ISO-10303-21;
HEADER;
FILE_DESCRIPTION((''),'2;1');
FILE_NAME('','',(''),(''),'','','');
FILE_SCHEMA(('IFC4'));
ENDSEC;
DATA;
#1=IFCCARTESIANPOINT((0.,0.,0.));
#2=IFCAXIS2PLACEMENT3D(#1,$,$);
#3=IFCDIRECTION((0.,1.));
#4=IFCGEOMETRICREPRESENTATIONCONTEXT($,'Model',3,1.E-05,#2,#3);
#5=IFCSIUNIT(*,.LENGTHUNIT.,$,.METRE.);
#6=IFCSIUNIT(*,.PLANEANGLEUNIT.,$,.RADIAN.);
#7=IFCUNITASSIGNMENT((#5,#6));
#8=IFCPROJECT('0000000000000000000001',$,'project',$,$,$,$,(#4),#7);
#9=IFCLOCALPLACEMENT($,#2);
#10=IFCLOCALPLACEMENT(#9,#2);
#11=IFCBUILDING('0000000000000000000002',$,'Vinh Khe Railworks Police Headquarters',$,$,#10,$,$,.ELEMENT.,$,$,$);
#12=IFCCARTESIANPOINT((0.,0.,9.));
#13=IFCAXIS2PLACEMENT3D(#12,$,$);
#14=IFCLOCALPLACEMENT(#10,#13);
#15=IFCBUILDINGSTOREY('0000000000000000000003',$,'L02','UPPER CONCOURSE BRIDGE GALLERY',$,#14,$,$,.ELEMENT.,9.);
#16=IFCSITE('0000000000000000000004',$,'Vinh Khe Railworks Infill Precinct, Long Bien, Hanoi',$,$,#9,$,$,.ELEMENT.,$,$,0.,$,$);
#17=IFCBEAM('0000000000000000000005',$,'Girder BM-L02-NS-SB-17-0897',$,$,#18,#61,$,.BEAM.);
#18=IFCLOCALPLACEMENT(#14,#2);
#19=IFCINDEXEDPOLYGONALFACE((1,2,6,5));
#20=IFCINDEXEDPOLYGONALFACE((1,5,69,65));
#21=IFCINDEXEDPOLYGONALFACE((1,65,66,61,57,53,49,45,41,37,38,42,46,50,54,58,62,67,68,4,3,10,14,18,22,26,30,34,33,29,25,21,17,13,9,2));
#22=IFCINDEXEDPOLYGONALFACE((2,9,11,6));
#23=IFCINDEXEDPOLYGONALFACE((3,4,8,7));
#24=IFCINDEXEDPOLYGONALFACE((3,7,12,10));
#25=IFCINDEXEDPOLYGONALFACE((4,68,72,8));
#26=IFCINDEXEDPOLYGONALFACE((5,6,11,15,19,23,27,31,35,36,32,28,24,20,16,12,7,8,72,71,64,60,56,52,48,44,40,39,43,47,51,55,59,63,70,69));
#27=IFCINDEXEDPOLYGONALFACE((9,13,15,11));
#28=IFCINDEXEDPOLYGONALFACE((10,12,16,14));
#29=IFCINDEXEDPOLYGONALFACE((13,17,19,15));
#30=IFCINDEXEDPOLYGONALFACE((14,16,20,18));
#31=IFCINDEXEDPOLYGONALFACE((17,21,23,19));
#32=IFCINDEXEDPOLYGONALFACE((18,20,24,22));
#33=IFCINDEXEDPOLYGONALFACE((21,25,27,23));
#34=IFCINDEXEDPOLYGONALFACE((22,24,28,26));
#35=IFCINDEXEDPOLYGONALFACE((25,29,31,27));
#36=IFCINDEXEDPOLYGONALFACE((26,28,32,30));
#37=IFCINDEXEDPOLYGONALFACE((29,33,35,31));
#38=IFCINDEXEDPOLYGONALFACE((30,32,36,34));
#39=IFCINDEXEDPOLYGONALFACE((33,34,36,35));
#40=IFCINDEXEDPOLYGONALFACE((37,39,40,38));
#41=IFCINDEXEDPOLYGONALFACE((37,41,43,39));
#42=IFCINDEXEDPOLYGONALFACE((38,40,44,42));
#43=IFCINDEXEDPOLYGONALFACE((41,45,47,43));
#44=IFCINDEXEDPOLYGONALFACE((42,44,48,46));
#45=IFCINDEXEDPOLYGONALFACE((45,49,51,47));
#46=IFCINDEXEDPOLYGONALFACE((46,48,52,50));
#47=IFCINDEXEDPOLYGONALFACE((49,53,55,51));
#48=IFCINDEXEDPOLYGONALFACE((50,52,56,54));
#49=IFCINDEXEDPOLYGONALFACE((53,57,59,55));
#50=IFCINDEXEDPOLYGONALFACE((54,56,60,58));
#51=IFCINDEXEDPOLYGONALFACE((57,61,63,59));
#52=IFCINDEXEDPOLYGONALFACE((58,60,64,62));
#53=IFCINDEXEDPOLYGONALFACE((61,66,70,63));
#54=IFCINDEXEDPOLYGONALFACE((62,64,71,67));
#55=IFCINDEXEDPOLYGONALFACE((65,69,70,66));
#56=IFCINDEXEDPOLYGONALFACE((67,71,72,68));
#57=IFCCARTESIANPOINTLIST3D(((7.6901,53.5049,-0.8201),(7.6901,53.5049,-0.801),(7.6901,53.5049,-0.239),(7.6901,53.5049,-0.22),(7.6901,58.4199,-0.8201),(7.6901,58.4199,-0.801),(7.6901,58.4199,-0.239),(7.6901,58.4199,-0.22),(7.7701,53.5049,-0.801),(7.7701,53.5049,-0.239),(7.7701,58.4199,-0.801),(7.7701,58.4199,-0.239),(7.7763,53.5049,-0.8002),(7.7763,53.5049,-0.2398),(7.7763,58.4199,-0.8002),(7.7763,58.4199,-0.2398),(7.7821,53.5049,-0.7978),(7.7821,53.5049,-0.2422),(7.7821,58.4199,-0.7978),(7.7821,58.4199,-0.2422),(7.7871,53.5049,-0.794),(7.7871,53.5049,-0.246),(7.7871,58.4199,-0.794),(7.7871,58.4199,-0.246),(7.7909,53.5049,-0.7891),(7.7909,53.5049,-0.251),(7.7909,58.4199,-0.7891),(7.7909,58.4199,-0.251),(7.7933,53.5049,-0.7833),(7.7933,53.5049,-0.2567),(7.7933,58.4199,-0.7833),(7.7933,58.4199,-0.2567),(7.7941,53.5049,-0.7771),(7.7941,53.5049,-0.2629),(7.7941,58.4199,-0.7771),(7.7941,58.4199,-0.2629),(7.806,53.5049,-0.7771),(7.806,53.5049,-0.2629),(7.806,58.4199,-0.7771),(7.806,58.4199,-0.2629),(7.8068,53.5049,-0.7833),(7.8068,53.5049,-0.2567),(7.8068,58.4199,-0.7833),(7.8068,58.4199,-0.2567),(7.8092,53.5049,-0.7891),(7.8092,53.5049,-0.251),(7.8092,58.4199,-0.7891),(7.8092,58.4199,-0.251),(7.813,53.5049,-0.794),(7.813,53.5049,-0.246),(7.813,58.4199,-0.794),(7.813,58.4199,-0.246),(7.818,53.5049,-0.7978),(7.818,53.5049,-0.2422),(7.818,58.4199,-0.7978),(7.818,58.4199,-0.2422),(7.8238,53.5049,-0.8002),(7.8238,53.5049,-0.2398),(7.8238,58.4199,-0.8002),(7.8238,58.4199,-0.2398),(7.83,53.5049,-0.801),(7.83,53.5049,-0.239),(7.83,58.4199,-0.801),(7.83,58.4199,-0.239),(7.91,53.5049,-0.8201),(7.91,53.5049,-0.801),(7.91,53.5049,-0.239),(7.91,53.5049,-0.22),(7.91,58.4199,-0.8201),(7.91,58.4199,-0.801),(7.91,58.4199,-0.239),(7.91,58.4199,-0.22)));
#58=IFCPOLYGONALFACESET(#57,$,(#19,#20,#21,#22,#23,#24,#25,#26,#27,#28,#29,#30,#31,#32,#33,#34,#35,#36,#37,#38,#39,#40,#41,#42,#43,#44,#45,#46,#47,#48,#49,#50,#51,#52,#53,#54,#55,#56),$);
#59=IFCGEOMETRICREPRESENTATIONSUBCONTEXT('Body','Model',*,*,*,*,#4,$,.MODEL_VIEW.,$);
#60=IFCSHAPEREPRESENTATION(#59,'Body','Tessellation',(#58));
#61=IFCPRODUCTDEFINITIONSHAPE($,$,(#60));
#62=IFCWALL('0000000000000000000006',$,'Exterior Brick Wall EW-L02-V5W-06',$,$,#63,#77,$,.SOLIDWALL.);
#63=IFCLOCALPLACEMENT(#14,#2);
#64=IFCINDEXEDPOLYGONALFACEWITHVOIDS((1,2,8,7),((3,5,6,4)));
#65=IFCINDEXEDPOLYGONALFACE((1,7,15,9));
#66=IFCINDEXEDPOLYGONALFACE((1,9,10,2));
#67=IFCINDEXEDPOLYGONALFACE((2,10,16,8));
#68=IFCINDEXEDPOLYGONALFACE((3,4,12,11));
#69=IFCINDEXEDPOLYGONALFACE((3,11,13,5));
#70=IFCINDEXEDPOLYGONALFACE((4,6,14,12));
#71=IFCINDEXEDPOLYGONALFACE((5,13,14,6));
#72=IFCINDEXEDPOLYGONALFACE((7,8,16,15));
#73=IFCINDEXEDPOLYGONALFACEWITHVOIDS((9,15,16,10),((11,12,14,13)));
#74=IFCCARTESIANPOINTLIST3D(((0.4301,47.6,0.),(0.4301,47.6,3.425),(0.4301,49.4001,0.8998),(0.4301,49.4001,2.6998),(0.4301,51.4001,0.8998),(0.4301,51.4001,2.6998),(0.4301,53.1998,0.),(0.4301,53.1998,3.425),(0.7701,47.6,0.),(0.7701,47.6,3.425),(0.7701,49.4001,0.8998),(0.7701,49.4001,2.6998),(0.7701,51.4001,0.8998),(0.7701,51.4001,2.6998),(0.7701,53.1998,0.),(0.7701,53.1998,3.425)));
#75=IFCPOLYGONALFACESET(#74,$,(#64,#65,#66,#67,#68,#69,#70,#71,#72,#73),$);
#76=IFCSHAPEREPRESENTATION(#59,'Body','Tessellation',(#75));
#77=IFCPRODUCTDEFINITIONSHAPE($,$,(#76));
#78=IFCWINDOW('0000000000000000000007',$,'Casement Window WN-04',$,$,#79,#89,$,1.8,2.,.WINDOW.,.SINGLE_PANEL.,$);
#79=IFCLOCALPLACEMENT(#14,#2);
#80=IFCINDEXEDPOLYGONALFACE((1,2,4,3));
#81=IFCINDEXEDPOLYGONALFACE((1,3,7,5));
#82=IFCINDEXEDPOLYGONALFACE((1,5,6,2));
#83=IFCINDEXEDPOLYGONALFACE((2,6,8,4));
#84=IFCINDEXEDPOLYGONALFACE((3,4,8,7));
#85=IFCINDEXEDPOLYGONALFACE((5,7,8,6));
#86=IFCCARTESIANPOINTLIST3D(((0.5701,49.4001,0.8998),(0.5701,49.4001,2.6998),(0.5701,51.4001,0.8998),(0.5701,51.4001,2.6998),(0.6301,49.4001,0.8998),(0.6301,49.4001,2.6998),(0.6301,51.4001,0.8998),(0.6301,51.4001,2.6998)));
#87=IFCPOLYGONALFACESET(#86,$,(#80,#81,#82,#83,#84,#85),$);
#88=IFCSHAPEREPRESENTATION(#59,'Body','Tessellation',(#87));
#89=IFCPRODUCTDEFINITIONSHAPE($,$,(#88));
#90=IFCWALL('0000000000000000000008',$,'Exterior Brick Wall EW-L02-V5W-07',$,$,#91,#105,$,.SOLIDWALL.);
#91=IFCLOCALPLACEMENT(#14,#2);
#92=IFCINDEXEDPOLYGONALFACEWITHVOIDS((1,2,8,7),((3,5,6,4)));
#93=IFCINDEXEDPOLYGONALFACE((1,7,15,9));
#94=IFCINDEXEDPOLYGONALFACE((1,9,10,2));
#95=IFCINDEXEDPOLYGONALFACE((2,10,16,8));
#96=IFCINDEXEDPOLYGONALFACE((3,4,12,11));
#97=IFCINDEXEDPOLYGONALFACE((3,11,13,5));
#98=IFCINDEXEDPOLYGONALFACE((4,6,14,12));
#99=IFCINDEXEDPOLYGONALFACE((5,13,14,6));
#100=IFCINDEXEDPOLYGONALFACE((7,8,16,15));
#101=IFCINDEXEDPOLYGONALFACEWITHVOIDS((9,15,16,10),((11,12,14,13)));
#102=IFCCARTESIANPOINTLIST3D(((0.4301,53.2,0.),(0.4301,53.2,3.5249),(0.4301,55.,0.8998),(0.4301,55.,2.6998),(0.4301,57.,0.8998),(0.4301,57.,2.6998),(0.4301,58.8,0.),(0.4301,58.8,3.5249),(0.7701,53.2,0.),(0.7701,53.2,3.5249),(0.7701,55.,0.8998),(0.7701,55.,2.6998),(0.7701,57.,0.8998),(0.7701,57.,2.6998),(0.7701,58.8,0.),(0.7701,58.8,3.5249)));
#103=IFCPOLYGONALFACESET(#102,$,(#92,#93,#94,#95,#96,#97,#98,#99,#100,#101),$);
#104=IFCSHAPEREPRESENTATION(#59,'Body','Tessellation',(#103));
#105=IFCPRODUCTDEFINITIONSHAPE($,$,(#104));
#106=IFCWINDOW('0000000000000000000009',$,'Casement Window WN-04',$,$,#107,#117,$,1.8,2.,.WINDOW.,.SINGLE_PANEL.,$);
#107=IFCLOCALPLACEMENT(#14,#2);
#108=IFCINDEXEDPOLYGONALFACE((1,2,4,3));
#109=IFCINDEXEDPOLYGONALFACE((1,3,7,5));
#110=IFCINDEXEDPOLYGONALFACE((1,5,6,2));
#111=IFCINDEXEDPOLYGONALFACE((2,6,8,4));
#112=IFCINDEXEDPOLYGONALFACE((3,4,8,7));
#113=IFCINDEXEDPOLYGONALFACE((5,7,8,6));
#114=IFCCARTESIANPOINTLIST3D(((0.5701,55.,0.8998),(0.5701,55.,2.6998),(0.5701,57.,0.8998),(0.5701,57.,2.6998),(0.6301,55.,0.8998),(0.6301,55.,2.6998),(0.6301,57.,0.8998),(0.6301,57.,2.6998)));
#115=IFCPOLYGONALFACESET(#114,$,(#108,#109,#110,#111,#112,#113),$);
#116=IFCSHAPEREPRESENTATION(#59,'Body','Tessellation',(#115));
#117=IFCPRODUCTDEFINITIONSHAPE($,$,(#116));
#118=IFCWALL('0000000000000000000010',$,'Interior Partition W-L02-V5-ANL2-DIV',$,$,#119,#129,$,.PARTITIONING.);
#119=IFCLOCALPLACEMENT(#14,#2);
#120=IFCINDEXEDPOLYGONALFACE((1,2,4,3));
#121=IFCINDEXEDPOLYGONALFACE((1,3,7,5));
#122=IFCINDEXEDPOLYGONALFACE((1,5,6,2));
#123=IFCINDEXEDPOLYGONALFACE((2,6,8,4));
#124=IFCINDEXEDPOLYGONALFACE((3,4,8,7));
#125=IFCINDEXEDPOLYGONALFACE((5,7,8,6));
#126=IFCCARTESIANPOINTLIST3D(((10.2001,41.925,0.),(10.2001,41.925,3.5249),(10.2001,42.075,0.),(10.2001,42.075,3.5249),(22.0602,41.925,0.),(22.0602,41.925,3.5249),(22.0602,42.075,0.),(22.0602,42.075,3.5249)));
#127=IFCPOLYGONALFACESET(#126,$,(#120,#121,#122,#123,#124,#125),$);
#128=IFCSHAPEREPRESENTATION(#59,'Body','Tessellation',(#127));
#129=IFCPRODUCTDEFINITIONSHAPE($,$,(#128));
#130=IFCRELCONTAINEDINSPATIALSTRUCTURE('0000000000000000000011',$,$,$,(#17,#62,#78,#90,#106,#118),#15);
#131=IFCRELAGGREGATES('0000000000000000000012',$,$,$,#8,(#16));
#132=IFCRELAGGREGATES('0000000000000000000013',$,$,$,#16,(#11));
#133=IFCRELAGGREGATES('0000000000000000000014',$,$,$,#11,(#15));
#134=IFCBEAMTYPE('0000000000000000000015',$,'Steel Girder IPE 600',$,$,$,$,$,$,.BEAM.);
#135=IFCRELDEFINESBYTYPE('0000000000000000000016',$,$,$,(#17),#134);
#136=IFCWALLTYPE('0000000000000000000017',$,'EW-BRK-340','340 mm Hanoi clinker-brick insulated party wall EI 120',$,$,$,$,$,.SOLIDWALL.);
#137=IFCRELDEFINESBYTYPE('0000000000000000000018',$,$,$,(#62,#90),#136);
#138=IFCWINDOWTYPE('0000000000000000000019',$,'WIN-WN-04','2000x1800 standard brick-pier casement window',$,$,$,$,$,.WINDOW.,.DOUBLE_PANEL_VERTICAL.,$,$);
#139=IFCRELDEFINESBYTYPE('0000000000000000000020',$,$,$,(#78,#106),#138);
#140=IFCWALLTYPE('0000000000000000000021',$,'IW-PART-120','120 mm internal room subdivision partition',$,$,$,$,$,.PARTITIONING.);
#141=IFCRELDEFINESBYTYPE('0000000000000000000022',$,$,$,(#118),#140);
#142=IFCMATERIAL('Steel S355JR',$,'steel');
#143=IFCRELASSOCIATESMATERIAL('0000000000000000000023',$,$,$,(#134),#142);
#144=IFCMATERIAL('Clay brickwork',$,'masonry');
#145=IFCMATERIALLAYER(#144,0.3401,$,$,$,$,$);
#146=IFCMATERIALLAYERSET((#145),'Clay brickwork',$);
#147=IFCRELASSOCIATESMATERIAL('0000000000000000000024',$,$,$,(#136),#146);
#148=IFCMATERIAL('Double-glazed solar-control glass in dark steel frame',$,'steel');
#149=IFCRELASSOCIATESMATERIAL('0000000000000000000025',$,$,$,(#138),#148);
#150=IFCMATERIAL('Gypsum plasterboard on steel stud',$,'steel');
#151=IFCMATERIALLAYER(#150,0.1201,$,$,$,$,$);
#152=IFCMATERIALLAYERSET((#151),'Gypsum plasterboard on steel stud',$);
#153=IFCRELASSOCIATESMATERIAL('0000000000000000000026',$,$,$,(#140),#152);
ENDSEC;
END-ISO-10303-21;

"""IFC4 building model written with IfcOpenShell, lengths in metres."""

from ifc_helpers import new_model, si_unit, direction, frame, frame_2d, origin, origin_2d, place, context, subcontext, project, spatial, rectangle, i_section, extrude, material, layer, layer_set, material_profile, profile_set, type_object, element, fill, save


model = new_model("IFC4")

# Units and contexts
model_context = context("Model", 3, precision=1e-05, world=origin(), true_north=direction((0.0, 1.0)))
body_context = subcontext(model_context, "Body", "Model", "MODEL_VIEW")
ifc_project = project(units=[si_unit("LENGTHUNIT", "METRE"), si_unit("PLANEANGLEUNIT", "RADIAN")], contexts=[model_context])

# Site, building, storey
site_placement = place(None, origin())
site = spatial("IfcSite", under=ifc_project, at=site_placement, Name="Vinh Khe Railworks Infill Precinct, Long Bien, Hanoi", CompositionType="ELEMENT", RefElevation=0.0)
building_placement = place(site_placement, origin())
building = spatial("IfcBuilding", under=site, at=building_placement, Name="Vinh Khe Railworks Police Headquarters", CompositionType="ELEMENT")
storey_placement = place(building_placement, frame((0.0, 0.0, 9.0)))
storey = spatial("IfcBuildingStorey", under=building, at=storey_placement, Name="L02", Description="UPPER CONCOURSE BRIDGE GALLERY", CompositionType="ELEMENT", Elevation=9.0)

# Shared definitions
ifc_material_1 = material(Name="Steel S355JR", Category="steel")

# Beam
ifc_material_profile_1 = material_profile(ifc_material_1, i_section(OverallWidth=0.22, OverallDepth=0.6001, WebThickness=0.012, FlangeThickness=0.019, FilletRadius=0.0239, at=origin_2d()), Name="IPE 600")
ifc_profile_set_1 = profile_set([ifc_material_profile_1], Name="Steel S355JR")
beam_type_1 = type_object("IfcBeamType", Name="Steel Girder IPE 600", PredefinedType="BEAM", material=ifc_profile_set_1)
beam_1_placement = place(storey_placement, frame((7.8, 53.5049, -0.52), z_axis=(0.0, 1.0, 0.0), x_axis=(-1.0, 0.0, 0.0)))
element("IfcBeam", 1, at=beam_1_placement, inside=storey, type_object=beam_type_1, Name="Girder BM-L02-NS-SB-17-0897", PredefinedType="BEAM", context=body_context, shape_type="SweptSolid", body=[
    extrude(i_section(OverallWidth=0.22, OverallDepth=0.6001, WebThickness=0.012, FlangeThickness=0.019, FilletRadius=0.0239, at=origin_2d()), origin(), (0.0, 0.0, 1.0), 4.915),
])

# Walls, openings, windows
ifc_material_2 = material(Name="Clay brickwork", Category="masonry")
ifc_layer_1 = layer(ifc_material_2, 0.3401)
ifc_layer_set_1 = layer_set([ifc_layer_1], Name="Clay brickwork")
wall_type_1 = type_object("IfcWallType", Name="EW-BRK-340", Description="340 mm Hanoi clinker-brick insulated party wall EI 120", PredefinedType="SOLIDWALL", material=ifc_layer_set_1)
wall_1_placement = place(storey_placement, frame((0.6001, 47.6001, 0.0), z_axis=(0.0, 0.0, 1.0), x_axis=(0.0, 1.0, 0.0)))
wall_1 = element("IfcWall", 2, at=wall_1_placement, inside=storey, type_object=wall_type_1, Name="Exterior Brick Wall EW-L02-V5W-06", PredefinedType="SOLIDWALL", context=body_context, shape_type="SweptSolid", body=[
    extrude(rectangle(XDim=5.5999, YDim=0.3401, at=frame_2d((2.7998, 0.0))), origin(), (0.0, 0.0, 1.0), 3.425),
])
opening_1_placement = place(wall_1_placement, frame((1.8, 0.0, 0.8999)))
opening_1 = element("IfcOpeningElement", 3, at=opening_1_placement, cuts=wall_1, PredefinedType="OPENING", context=body_context, shape_type="SweptSolid", body=[
    extrude(rectangle(XDim=2.0, YDim=1.8, at=frame_2d((1.0, 0.8999))), frame((0.0, 0.1851, 0.0), z_axis=(0.0, -1.0, 0.0), x_axis=(1.0, 0.0, 0.0)), (0.0, 0.0, 1.0), 0.3699),
])
ifc_material_3 = material(Name="Double-glazed solar-control glass in dark steel frame", Category="steel")
window_type_1 = type_object("IfcWindowType", Name="WIN-WN-04", Description="2000x1800 standard brick-pier casement window", PartitioningType="DOUBLE_PANEL_VERTICAL", PredefinedType="WINDOW", material=ifc_material_3)
window_1_placement = place(opening_1_placement, origin())
window_1 = element("IfcWindow", 4, at=window_1_placement, inside=storey, type_object=window_type_1, Name="Casement Window WN-04", OverallHeight=1.8, OverallWidth=2.0, PartitioningType="SINGLE_PANEL", PredefinedType="WINDOW", context=body_context, shape_type="SweptSolid", body=[
    extrude(rectangle(XDim=2.0, YDim=1.8, at=frame_2d((1.0, 0.8999))), frame((0.0, 0.03, 0.0), z_axis=(0.0, -1.0, 0.0), x_axis=(1.0, 0.0, 0.0)), (0.0, 0.0, 1.0), 0.0601),
])
fill(opening_1, window_1)
wall_2_placement = place(storey_placement, frame((0.6001, 53.2, 0.0), z_axis=(0.0, 0.0, 1.0), x_axis=(0.0, 1.0, 0.0)))
wall_2 = element("IfcWall", 5, at=wall_2_placement, inside=storey, type_object=wall_type_1, Name="Exterior Brick Wall EW-L02-V5W-07", PredefinedType="SOLIDWALL", context=body_context, shape_type="SweptSolid", body=[
    extrude(rectangle(XDim=5.6001, YDim=0.3401, at=frame_2d((2.8, 0.0))), origin(), (0.0, 0.0, 1.0), 3.5249),
])
opening_2_placement = place(wall_2_placement, frame((1.8, 0.0, 0.8999)))
opening_2 = element("IfcOpeningElement", 6, at=opening_2_placement, cuts=wall_2, PredefinedType="OPENING", context=body_context, shape_type="SweptSolid", body=[
    extrude(rectangle(XDim=2.0, YDim=1.8, at=frame_2d((1.0, 0.8999))), frame((0.0, 0.1851, 0.0), z_axis=(0.0, -1.0, 0.0), x_axis=(1.0, 0.0, 0.0)), (0.0, 0.0, 1.0), 0.3699),
])
window_2_placement = place(opening_2_placement, origin())
window_2 = element("IfcWindow", 7, at=window_2_placement, inside=storey, type_object=window_type_1, Name="Casement Window WN-04", OverallHeight=1.8, OverallWidth=2.0, PartitioningType="SINGLE_PANEL", PredefinedType="WINDOW", context=body_context, shape_type="SweptSolid", body=[
    extrude(rectangle(XDim=2.0, YDim=1.8, at=frame_2d((1.0, 0.8999))), frame((0.0, 0.03, 0.0), z_axis=(0.0, -1.0, 0.0), x_axis=(1.0, 0.0, 0.0)), (0.0, 0.0, 1.0), 0.0601),
])
fill(opening_2, window_2)

# Wall
ifc_material_4 = material(Name="Gypsum plasterboard on steel stud", Category="steel")
ifc_layer_2 = layer(ifc_material_4, 0.1201)
ifc_layer_set_2 = layer_set([ifc_layer_2], Name="Gypsum plasterboard on steel stud")
wall_type_2 = type_object("IfcWallType", Name="IW-PART-120", Description="120 mm internal room subdivision partition", PredefinedType="PARTITIONING", material=ifc_layer_set_2)
wall_3_placement = place(storey_placement, frame((10.2, 42.0, 0.0), z_axis=(0.0, 0.0, 1.0), x_axis=(1.0, 0.0, 0.0)))
element("IfcWall", 8, at=wall_3_placement, inside=storey, type_object=wall_type_2, Name="Interior Partition W-L02-V5-ANL2-DIV", PredefinedType="PARTITIONING", context=body_context, shape_type="SweptSolid", body=[
    extrude(rectangle(XDim=11.8601, YDim=0.1499, at=frame_2d((5.9302, 0.0))), origin(), (0.0, 0.0, 1.0), 3.5249),
])

save(model, "model.ifc")
